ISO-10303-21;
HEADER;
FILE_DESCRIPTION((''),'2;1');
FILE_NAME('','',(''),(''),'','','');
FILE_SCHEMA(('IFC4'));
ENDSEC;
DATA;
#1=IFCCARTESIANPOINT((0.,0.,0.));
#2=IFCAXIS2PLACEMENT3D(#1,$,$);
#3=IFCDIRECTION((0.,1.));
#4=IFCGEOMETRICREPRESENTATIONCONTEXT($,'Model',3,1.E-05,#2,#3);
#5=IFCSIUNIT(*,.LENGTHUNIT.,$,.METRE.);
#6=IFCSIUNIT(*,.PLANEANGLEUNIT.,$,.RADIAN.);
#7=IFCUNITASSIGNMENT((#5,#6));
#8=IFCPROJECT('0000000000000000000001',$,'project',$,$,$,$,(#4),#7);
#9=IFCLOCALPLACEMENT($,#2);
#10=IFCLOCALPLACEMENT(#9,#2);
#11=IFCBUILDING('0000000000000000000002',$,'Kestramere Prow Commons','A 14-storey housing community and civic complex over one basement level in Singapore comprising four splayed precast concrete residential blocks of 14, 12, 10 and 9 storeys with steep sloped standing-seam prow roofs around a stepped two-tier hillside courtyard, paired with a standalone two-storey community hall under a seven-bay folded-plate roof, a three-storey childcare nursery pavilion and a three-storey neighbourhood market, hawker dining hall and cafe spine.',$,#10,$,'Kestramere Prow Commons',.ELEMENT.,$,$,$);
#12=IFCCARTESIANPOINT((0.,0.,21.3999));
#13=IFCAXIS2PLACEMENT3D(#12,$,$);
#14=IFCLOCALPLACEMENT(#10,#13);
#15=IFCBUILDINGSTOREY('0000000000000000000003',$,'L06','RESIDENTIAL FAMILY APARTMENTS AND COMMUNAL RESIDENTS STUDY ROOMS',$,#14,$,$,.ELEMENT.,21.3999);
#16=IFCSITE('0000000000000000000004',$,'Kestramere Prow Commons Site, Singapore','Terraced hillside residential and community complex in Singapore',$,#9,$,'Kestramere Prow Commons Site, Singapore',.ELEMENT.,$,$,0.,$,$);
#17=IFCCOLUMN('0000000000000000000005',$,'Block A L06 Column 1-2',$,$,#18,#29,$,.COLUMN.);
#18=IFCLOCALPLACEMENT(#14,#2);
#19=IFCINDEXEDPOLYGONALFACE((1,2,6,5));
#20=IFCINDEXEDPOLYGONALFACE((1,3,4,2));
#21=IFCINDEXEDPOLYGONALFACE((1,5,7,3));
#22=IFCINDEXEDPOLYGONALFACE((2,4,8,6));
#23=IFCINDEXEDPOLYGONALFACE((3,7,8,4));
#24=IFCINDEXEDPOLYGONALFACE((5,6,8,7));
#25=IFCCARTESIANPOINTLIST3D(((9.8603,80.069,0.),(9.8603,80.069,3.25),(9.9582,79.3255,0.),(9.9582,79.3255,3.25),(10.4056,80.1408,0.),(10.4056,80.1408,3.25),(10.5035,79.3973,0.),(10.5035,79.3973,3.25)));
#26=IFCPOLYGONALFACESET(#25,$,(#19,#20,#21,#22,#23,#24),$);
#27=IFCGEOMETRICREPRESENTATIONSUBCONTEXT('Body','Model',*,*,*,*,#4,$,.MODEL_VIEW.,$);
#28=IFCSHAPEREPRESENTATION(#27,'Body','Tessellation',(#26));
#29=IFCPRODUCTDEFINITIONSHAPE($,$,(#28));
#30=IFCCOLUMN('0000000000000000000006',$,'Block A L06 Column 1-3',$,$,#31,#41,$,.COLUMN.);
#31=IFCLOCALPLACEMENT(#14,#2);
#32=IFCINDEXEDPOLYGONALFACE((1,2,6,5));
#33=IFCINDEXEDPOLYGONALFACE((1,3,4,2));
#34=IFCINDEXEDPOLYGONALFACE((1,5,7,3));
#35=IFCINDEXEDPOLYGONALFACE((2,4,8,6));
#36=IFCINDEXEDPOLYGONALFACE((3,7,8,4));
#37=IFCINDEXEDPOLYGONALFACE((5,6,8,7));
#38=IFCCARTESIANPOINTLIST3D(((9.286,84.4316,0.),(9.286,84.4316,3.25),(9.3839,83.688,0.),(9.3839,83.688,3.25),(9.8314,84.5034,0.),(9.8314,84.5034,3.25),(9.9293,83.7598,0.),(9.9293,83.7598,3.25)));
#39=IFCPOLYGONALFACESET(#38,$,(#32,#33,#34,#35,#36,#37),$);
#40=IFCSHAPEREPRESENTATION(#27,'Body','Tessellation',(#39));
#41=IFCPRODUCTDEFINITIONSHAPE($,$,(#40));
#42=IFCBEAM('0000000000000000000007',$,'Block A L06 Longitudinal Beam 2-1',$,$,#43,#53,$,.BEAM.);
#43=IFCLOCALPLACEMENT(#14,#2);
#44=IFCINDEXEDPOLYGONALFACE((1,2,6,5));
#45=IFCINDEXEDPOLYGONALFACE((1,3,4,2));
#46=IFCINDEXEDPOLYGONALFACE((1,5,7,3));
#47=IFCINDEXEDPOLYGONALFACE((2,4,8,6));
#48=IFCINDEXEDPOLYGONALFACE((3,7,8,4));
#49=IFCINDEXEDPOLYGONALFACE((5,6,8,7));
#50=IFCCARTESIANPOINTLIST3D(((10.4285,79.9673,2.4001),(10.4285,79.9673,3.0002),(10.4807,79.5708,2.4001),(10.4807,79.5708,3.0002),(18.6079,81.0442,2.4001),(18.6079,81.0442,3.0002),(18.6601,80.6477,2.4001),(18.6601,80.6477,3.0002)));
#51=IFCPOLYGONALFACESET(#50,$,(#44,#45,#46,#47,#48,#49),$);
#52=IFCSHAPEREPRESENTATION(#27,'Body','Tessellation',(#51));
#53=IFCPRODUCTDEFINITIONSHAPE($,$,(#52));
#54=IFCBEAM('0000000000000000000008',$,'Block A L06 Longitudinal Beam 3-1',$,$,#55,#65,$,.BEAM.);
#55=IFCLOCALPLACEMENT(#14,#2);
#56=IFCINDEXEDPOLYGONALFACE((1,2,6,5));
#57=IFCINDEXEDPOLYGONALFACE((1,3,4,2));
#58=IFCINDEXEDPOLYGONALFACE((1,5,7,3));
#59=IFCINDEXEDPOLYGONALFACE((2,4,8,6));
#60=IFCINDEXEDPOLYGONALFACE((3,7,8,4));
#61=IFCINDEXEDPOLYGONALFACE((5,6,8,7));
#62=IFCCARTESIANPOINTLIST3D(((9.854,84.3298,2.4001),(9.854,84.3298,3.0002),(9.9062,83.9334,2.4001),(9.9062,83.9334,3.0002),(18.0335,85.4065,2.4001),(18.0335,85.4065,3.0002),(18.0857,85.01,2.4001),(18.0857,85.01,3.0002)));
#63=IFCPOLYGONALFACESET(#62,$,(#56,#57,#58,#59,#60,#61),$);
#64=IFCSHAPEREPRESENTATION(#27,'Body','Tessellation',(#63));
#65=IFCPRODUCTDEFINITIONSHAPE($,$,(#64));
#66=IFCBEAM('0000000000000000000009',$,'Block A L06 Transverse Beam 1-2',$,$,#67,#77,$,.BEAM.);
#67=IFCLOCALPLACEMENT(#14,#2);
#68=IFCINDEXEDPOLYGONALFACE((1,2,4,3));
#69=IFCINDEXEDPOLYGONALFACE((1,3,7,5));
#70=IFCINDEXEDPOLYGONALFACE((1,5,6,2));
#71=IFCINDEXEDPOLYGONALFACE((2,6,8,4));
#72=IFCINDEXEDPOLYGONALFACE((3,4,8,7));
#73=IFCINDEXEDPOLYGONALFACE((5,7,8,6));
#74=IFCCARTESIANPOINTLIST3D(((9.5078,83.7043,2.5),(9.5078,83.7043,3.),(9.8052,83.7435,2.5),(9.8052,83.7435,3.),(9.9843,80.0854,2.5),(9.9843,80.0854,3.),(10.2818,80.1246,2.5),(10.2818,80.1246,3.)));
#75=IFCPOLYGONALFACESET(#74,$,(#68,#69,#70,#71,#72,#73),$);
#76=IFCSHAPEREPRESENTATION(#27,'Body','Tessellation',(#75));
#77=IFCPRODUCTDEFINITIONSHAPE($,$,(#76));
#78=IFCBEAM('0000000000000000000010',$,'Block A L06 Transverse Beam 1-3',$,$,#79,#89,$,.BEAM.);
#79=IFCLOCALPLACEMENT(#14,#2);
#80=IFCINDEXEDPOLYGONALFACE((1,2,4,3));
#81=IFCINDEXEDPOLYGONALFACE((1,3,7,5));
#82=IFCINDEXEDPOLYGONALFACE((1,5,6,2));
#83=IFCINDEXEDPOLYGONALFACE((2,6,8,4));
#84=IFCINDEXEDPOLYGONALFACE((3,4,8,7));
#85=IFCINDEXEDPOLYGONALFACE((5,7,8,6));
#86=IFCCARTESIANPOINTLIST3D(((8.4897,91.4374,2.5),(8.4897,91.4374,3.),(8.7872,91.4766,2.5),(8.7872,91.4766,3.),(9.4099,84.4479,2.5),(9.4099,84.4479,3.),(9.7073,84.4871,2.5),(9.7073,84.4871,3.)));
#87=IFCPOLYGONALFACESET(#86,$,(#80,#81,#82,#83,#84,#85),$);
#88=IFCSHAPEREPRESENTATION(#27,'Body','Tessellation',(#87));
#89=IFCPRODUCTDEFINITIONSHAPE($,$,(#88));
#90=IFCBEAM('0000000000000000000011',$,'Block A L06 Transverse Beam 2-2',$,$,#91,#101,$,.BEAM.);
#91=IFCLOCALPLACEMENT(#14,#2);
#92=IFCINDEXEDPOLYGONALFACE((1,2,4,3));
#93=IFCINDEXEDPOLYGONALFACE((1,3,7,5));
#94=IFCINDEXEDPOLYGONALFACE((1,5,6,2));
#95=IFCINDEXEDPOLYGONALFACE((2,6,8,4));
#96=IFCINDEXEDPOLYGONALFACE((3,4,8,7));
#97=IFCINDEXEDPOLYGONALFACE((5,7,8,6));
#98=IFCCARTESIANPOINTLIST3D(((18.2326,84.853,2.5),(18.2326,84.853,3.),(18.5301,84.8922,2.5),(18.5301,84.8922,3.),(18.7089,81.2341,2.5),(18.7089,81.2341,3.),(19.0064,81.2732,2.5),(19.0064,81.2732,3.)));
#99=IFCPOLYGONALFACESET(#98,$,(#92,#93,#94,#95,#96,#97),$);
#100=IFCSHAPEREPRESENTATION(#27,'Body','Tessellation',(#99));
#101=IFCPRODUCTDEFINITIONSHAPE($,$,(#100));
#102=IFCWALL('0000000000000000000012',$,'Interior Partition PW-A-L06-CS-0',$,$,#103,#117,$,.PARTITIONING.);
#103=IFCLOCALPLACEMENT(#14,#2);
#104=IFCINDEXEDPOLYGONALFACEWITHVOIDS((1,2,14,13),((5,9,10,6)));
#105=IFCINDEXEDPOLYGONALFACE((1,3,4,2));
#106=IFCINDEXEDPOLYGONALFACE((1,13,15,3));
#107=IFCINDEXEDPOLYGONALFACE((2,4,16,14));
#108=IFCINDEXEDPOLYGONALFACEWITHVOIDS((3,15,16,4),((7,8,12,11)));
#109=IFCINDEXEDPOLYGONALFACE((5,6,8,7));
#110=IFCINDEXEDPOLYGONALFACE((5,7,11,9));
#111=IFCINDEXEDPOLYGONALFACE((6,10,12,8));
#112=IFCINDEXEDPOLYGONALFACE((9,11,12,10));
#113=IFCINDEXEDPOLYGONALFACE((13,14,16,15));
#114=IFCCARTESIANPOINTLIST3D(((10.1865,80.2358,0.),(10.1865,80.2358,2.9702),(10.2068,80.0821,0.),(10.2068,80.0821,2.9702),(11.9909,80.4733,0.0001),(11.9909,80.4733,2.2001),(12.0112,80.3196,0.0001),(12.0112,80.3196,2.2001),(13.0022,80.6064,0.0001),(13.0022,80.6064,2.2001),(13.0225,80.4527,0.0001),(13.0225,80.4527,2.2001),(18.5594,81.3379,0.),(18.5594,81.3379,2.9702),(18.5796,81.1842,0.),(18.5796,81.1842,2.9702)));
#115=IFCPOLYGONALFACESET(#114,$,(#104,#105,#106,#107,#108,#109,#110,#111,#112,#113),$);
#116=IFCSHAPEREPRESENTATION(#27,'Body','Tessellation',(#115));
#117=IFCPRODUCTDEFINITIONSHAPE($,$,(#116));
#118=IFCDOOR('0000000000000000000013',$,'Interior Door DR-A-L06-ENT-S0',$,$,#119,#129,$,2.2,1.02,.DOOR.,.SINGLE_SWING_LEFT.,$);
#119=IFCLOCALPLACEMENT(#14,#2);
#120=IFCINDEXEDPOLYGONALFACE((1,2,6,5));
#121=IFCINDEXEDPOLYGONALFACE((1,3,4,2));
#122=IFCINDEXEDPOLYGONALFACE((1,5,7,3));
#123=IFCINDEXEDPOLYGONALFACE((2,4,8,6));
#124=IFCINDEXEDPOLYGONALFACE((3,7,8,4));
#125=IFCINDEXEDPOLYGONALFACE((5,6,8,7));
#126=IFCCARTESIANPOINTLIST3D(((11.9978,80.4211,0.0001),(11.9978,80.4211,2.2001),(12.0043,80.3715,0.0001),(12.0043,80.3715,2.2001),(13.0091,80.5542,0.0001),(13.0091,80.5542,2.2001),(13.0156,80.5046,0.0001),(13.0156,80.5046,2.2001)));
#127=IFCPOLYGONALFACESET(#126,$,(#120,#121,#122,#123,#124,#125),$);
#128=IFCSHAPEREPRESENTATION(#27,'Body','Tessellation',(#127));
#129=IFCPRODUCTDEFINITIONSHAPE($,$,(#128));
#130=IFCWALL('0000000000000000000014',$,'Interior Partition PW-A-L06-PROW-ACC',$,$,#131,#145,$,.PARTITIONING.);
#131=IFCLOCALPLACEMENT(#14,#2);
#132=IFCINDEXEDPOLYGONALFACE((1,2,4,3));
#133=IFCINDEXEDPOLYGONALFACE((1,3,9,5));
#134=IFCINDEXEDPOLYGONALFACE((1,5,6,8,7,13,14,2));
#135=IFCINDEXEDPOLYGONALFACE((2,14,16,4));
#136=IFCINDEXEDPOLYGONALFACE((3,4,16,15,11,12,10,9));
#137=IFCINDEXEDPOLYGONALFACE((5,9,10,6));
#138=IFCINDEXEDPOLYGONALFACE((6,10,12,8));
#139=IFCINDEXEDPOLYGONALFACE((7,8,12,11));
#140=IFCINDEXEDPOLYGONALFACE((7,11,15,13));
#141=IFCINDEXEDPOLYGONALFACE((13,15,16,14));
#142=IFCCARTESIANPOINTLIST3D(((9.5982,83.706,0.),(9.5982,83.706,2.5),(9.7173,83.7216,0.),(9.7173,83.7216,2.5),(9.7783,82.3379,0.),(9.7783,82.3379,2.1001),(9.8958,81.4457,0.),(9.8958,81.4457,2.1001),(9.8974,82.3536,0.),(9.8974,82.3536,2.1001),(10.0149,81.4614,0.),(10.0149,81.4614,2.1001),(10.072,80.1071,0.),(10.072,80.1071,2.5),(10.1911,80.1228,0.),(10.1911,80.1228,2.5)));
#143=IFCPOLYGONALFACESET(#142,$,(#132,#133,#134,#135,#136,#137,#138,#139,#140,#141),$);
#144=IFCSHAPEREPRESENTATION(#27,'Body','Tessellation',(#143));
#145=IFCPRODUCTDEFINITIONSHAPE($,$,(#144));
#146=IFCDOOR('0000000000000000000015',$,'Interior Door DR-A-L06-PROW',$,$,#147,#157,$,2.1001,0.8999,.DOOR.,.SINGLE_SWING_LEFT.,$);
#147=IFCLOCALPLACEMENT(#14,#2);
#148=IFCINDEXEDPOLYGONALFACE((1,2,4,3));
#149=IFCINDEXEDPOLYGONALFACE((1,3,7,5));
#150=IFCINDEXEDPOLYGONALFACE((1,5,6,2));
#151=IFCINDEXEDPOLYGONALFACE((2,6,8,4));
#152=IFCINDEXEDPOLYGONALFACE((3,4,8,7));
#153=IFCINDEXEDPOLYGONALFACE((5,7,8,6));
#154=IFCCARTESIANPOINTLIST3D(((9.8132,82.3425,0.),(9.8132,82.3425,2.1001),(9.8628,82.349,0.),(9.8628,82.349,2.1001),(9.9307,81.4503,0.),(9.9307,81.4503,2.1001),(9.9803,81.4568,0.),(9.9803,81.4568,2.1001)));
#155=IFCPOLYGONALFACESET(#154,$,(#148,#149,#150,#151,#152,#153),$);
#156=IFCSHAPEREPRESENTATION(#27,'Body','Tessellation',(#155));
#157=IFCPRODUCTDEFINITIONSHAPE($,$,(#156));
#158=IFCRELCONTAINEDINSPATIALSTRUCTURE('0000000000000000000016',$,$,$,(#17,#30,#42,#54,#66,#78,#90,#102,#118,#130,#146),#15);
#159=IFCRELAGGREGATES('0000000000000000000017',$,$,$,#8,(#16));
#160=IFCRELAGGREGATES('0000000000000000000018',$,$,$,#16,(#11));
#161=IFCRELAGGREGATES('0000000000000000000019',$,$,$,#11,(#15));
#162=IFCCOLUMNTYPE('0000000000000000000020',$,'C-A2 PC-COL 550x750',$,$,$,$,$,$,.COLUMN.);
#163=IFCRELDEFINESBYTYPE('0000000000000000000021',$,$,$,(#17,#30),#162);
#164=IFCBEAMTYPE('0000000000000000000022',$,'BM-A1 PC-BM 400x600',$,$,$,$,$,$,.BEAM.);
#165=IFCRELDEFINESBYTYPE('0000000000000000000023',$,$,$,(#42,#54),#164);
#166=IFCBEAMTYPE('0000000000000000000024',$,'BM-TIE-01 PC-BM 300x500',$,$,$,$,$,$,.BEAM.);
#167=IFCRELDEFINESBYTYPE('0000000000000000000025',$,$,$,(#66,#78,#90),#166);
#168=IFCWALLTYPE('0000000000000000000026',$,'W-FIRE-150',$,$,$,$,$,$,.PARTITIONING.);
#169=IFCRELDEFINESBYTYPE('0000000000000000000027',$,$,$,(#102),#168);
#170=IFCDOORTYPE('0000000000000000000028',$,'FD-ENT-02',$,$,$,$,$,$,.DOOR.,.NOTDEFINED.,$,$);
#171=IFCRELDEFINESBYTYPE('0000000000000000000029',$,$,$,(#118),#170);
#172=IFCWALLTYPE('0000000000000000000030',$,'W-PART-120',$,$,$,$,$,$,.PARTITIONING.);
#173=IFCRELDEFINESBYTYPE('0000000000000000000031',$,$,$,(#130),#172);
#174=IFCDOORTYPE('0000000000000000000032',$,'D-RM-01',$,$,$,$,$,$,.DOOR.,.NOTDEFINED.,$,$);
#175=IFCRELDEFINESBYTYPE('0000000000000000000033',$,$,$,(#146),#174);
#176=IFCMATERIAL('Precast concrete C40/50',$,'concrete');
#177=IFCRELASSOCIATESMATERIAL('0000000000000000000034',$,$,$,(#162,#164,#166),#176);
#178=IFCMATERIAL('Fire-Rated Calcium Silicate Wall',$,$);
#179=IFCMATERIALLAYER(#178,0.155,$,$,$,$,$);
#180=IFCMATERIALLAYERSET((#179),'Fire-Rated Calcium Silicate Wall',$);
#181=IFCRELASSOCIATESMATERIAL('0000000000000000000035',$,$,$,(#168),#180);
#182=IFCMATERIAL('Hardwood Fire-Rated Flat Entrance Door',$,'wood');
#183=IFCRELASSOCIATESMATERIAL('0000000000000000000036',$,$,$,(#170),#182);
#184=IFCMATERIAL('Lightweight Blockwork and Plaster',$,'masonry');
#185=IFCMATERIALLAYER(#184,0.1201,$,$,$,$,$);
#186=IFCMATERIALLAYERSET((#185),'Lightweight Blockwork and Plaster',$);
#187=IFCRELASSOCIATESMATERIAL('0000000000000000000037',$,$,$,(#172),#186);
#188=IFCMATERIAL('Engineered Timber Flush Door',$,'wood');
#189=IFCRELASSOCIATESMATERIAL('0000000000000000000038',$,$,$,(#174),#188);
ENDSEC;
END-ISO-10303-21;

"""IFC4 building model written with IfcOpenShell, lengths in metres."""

from ifc_helpers import new_model, si_unit, direction, frame, frame_2d, origin, origin_2d, place, context, subcontext, project, spatial, rectangle, extrude, material, layer, layer_set, material_profile, profile_set, type_object, element, fill, save


model = new_model("IFC4")

# Units and contexts
model_context = context("Model", 3, precision=1e-05, world=origin(), true_north=direction((0.0, 1.0)))
body_context = subcontext(model_context, "Body", "Model", "MODEL_VIEW")
ifc_project = project(units=[si_unit("LENGTHUNIT", "METRE"), si_unit("PLANEANGLEUNIT", "RADIAN")], contexts=[model_context])

# Site, building, storey
site_placement = place(None, origin())
site = spatial("IfcSite", under=ifc_project, at=site_placement, Name="Kestramere Prow Commons Site, Singapore", Description="Terraced hillside residential and community complex in Singapore", LongName="Kestramere Prow Commons Site, Singapore", CompositionType="ELEMENT", RefElevation=0.0)
building_placement = place(site_placement, origin())
building = spatial("IfcBuilding", under=site, at=building_placement, Name="Kestramere Prow Commons", Description="A 14-storey housing community and civic complex over one basement level in Singapore comprising four splayed precast concrete residential blocks of 14, 12, 10 and 9 storeys with steep sloped standing-seam prow roofs around a stepped two-tier hillside courtyard, paired with a standalone two-storey community hall under a seven-bay folded-plate roof, a three-storey childcare nursery pavilion and a three-storey neighbourhood market, hawker dining hall and cafe spine.", LongName="Kestramere Prow Commons", CompositionType="ELEMENT")
storey_placement = place(building_placement, frame((0.0, 0.0, 21.3999)))
storey = spatial("IfcBuildingStorey", under=building, at=storey_placement, Name="L06", Description="RESIDENTIAL FAMILY APARTMENTS AND COMMUNAL RESIDENTS STUDY ROOMS", CompositionType="ELEMENT", Elevation=21.3999)

# Columns
ifc_material_1 = material(Name="Precast concrete C40/50", Category="concrete")
ifc_material_profile_1 = material_profile(ifc_material_1, rectangle(XDim=0.55, YDim=0.75, at=origin_2d()), Name="PC-COL 550x750")
ifc_profile_set_1 = profile_set([ifc_material_profile_1], Name="Precast concrete C40/50")
column_type = type_object("IfcColumnType", Name="C-A2 PC-COL 550x750", PredefinedType="COLUMN", material=ifc_profile_set_1)
for number, where, z_axis, x_axis, name in (
    (1, (10.1819, 79.7332, 0.0), (0.0, 0.0, 1.0), (0.991445, 0.130526, 0.0), "Block A L06 Column 1-2"),
    (2, (9.6077, 84.0957, 0.0), (0.0, 0.0, 1.0), (0.991445, 0.130526, 0.0), "Block A L06 Column 1-3"),
):
    element("IfcColumn", number, at=place(storey_placement, frame(where, z_axis=z_axis, x_axis=x_axis)), inside=storey, type_object=column_type, Name=name, PredefinedType="COLUMN", context=body_context, shape_type="SweptSolid", body=[
        extrude(rectangle(XDim=0.55, YDim=0.75, at=origin_2d()), origin(), (0.0, 0.0, 1.0), 3.25),
    ])

# Beams
ifc_material_profile_2 = material_profile(ifc_material_1, rectangle(XDim=0.3999, YDim=0.6001, at=origin_2d()), Name="PC-BM 400x600")
ifc_profile_set_2 = profile_set([ifc_material_profile_2], Name="Precast concrete C40/50")
beam_type_1 = type_object("IfcBeamType", Name="BM-A1 PC-BM 400x600", PredefinedType="BEAM", material=ifc_profile_set_2)
for number, where, z_axis, x_axis, name in (
    (3, (10.4546, 79.769, 2.7002), (0.991444, 0.130533, 0.0), (-0.130533, 0.991444, 0.0), "Block A L06 Longitudinal Beam 2-1"),
    (4, (9.8801, 84.1316, 2.7002), (0.991448, 0.130504, 0.0), (-0.130504, 0.991448, 0.0), "Block A L06 Longitudinal Beam 3-1"),
):
    element("IfcBeam", number, at=place(storey_placement, frame(where, z_axis=z_axis, x_axis=x_axis)), inside=storey, type_object=beam_type_1, Name=name, PredefinedType="BEAM", context=body_context, shape_type="SweptSolid", body=[
        extrude(rectangle(XDim=0.3999, YDim=0.6001, at=origin_2d()), origin(), (0.0, 0.0, 1.0), 8.25),
    ])
ifc_material_profile_3 = material_profile(ifc_material_1, rectangle(XDim=0.3, YDim=0.5, at=origin_2d()), Name="PC-BM 300x500")
ifc_profile_set_3 = profile_set([ifc_material_profile_3], Name="Precast concrete C40/50")
beam_type_2 = type_object("IfcBeamType", Name="BM-TIE-01 PC-BM 300x500", PredefinedType="BEAM", material=ifc_profile_set_3)
beam_1_placement = place(storey_placement, frame((10.1331, 80.105, 2.75), z_axis=(-0.13056, 0.99144, 0.0), x_axis=(-0.99144, -0.13056, 0.0)))
element("IfcBeam", 5, at=beam_1_placement, inside=storey, type_object=beam_type_2, Name="Block A L06 Transverse Beam 1-2", PredefinedType="BEAM", context=body_context, shape_type="SweptSolid", body=[
    extrude(rectangle(XDim=0.3, YDim=0.5, at=origin_2d()), origin(), (0.0, 0.0, 1.0), 3.6501),
])
beam_2_placement = place(storey_placement, frame((9.5586, 84.4675, 2.75), z_axis=(-0.130523, 0.991445, 0.0), x_axis=(-0.991445, -0.130523, 0.0)))
element("IfcBeam", 6, at=beam_2_placement, inside=storey, type_object=beam_type_2, Name="Block A L06 Transverse Beam 1-3", PredefinedType="BEAM", context=body_context, shape_type="SweptSolid", body=[
    extrude(rectangle(XDim=0.3, YDim=0.5, at=origin_2d()), origin(), (0.0, 0.0, 1.0), 7.0498),
])
beam_3_placement = place(storey_placement, frame((18.8577, 81.2537, 2.75), z_axis=(-0.130494, 0.991449, 0.0), x_axis=(-0.991449, -0.130494, 0.0)))
element("IfcBeam", 7, at=beam_3_placement, inside=storey, type_object=beam_type_2, Name="Block A L06 Transverse Beam 2-2", PredefinedType="BEAM", context=body_context, shape_type="SweptSolid", body=[
    extrude(rectangle(XDim=0.3, YDim=0.5, at=origin_2d()), origin(), (0.0, 0.0, 1.0), 3.6501),
])

# Walls, openings, doors
ifc_material_2 = material(Name="Fire-Rated Calcium Silicate Wall")
ifc_layer_1 = layer(ifc_material_2, 0.155)
ifc_layer_set_1 = layer_set([ifc_layer_1], Name="Fire-Rated Calcium Silicate Wall")
wall_type_1 = type_object("IfcWallType", Name="W-FIRE-150", PredefinedType="PARTITIONING", material=ifc_layer_set_1)
wall_1_placement = place(storey_placement, frame((10.1965, 80.1589, 0.0), z_axis=(0.0, 0.0, 1.0), x_axis=(0.991449, 0.130497, 0.0)))
wall_1 = element("IfcWall", 8, at=wall_1_placement, inside=storey, type_object=wall_type_1, Name="Interior Partition PW-A-L06-CS-0", PredefinedType="PARTITIONING", context=body_context, shape_type="SweptSolid", body=[
    extrude(rectangle(XDim=8.4451, YDim=0.155, at=frame_2d((4.2227, 0.0))), origin(), (0.0, 0.0, 1.0), 2.9702),
])
opening_1_placement = place(wall_1_placement, frame((1.8201, 0.0, 0.0)))
opening_1 = element("IfcOpeningElement", 9, at=opening_1_placement, cuts=wall_1, PredefinedType="OPENING", context=body_context, shape_type="SweptSolid", body=[
    extrude(rectangle(XDim=1.02, YDim=2.2, at=frame_2d((0.51, 1.1001))), frame((0.0, 0.0925, 0.0), z_axis=(0.0, -1.0, 0.0), x_axis=(1.0, 0.0, 0.0)), (0.0, 0.0, 1.0), 0.1851),
])
ifc_material_3 = material(Name="Hardwood Fire-Rated Flat Entrance Door", Category="wood")
door_type_1 = type_object("IfcDoorType", Name="FD-ENT-02", OperationType="NOTDEFINED", PredefinedType="DOOR", material=ifc_material_3)
door_1_placement = place(opening_1_placement, origin())
door_1 = element("IfcDoor", 10, at=door_1_placement, inside=storey, type_object=door_type_1, Name="Interior Door DR-A-L06-ENT-S0", OperationType="SINGLE_SWING_LEFT", OverallHeight=2.2, OverallWidth=1.02, PredefinedType="DOOR", context=body_context, shape_type="SweptSolid", body=[
    extrude(rectangle(XDim=1.02, YDim=2.2, at=frame_2d((0.51, 1.1001))), frame((0.0, 0.0249, 0.0), z_axis=(0.0, -1.0, 0.0), x_axis=(1.0, 0.0, 0.0)), (0.0, 0.0, 1.0), 0.05),
])
fill(opening_1, door_1)
ifc_material_4 = material(Name="Lightweight Blockwork and Plaster", Category="masonry")
ifc_layer_2 = layer(ifc_material_4, 0.1201)
ifc_layer_set_2 = layer_set([ifc_layer_2], Name="Lightweight Blockwork and Plaster")
wall_type_2 = type_object("IfcWallType", Name="W-PART-120", PredefinedType="PARTITIONING", material=ifc_layer_set_2)
wall_2_placement = place(storey_placement, frame((10.1316, 80.115, 0.0), z_axis=(0.0, 0.0, 1.0), x_axis=(-0.130547, 0.991442, 0.0)))
wall_2 = element("IfcWall", 11, at=wall_2_placement, inside=storey, type_object=wall_type_2, Name="Interior Partition PW-A-L06-PROW-ACC", PredefinedType="PARTITIONING", context=body_context, shape_type="SweptSolid", body=[
    extrude(rectangle(XDim=3.6299, YDim=0.1201, at=frame_2d((1.8149, 0.0))), origin(), (0.0, 0.0, 1.0), 2.5),
])
opening_2_placement = place(wall_2_placement, frame((1.3501, 0.0, 0.0)))
opening_2 = element("IfcOpeningElement", 12, at=opening_2_placement, cuts=wall_2, PredefinedType="OPENING", context=body_context, shape_type="SweptSolid", body=[
    extrude(rectangle(XDim=0.8999, YDim=2.1001, at=frame_2d((0.45, 1.05))), frame((0.0, 0.075, 0.0), z_axis=(0.0, -1.0, 0.0), x_axis=(1.0, 0.0, 0.0)), (0.0, 0.0, 1.0), 0.1501),
])
ifc_material_5 = material(Name="Engineered Timber Flush Door", Category="wood")
door_type_2 = type_object("IfcDoorType", Name="D-RM-01", OperationType="NOTDEFINED", PredefinedType="DOOR", material=ifc_material_5)
door_2_placement = place(opening_2_placement, origin())
door_2 = element("IfcDoor", 13, at=door_2_placement, inside=storey, type_object=door_type_2, Name="Interior Door DR-A-L06-PROW", OperationType="SINGLE_SWING_LEFT", OverallHeight=2.1001, OverallWidth=0.8999, PredefinedType="DOOR", context=body_context, shape_type="SweptSolid", body=[
    extrude(rectangle(XDim=0.8999, YDim=2.1001, at=frame_2d((0.45, 1.05))), frame((0.0, 0.0249, 0.0), z_axis=(0.0, -1.0, 0.0), x_axis=(1.0, 0.0, 0.0)), (0.0, 0.0, 1.0), 0.05),
])
fill(opening_2, door_2)

save(model, "model.ifc")
